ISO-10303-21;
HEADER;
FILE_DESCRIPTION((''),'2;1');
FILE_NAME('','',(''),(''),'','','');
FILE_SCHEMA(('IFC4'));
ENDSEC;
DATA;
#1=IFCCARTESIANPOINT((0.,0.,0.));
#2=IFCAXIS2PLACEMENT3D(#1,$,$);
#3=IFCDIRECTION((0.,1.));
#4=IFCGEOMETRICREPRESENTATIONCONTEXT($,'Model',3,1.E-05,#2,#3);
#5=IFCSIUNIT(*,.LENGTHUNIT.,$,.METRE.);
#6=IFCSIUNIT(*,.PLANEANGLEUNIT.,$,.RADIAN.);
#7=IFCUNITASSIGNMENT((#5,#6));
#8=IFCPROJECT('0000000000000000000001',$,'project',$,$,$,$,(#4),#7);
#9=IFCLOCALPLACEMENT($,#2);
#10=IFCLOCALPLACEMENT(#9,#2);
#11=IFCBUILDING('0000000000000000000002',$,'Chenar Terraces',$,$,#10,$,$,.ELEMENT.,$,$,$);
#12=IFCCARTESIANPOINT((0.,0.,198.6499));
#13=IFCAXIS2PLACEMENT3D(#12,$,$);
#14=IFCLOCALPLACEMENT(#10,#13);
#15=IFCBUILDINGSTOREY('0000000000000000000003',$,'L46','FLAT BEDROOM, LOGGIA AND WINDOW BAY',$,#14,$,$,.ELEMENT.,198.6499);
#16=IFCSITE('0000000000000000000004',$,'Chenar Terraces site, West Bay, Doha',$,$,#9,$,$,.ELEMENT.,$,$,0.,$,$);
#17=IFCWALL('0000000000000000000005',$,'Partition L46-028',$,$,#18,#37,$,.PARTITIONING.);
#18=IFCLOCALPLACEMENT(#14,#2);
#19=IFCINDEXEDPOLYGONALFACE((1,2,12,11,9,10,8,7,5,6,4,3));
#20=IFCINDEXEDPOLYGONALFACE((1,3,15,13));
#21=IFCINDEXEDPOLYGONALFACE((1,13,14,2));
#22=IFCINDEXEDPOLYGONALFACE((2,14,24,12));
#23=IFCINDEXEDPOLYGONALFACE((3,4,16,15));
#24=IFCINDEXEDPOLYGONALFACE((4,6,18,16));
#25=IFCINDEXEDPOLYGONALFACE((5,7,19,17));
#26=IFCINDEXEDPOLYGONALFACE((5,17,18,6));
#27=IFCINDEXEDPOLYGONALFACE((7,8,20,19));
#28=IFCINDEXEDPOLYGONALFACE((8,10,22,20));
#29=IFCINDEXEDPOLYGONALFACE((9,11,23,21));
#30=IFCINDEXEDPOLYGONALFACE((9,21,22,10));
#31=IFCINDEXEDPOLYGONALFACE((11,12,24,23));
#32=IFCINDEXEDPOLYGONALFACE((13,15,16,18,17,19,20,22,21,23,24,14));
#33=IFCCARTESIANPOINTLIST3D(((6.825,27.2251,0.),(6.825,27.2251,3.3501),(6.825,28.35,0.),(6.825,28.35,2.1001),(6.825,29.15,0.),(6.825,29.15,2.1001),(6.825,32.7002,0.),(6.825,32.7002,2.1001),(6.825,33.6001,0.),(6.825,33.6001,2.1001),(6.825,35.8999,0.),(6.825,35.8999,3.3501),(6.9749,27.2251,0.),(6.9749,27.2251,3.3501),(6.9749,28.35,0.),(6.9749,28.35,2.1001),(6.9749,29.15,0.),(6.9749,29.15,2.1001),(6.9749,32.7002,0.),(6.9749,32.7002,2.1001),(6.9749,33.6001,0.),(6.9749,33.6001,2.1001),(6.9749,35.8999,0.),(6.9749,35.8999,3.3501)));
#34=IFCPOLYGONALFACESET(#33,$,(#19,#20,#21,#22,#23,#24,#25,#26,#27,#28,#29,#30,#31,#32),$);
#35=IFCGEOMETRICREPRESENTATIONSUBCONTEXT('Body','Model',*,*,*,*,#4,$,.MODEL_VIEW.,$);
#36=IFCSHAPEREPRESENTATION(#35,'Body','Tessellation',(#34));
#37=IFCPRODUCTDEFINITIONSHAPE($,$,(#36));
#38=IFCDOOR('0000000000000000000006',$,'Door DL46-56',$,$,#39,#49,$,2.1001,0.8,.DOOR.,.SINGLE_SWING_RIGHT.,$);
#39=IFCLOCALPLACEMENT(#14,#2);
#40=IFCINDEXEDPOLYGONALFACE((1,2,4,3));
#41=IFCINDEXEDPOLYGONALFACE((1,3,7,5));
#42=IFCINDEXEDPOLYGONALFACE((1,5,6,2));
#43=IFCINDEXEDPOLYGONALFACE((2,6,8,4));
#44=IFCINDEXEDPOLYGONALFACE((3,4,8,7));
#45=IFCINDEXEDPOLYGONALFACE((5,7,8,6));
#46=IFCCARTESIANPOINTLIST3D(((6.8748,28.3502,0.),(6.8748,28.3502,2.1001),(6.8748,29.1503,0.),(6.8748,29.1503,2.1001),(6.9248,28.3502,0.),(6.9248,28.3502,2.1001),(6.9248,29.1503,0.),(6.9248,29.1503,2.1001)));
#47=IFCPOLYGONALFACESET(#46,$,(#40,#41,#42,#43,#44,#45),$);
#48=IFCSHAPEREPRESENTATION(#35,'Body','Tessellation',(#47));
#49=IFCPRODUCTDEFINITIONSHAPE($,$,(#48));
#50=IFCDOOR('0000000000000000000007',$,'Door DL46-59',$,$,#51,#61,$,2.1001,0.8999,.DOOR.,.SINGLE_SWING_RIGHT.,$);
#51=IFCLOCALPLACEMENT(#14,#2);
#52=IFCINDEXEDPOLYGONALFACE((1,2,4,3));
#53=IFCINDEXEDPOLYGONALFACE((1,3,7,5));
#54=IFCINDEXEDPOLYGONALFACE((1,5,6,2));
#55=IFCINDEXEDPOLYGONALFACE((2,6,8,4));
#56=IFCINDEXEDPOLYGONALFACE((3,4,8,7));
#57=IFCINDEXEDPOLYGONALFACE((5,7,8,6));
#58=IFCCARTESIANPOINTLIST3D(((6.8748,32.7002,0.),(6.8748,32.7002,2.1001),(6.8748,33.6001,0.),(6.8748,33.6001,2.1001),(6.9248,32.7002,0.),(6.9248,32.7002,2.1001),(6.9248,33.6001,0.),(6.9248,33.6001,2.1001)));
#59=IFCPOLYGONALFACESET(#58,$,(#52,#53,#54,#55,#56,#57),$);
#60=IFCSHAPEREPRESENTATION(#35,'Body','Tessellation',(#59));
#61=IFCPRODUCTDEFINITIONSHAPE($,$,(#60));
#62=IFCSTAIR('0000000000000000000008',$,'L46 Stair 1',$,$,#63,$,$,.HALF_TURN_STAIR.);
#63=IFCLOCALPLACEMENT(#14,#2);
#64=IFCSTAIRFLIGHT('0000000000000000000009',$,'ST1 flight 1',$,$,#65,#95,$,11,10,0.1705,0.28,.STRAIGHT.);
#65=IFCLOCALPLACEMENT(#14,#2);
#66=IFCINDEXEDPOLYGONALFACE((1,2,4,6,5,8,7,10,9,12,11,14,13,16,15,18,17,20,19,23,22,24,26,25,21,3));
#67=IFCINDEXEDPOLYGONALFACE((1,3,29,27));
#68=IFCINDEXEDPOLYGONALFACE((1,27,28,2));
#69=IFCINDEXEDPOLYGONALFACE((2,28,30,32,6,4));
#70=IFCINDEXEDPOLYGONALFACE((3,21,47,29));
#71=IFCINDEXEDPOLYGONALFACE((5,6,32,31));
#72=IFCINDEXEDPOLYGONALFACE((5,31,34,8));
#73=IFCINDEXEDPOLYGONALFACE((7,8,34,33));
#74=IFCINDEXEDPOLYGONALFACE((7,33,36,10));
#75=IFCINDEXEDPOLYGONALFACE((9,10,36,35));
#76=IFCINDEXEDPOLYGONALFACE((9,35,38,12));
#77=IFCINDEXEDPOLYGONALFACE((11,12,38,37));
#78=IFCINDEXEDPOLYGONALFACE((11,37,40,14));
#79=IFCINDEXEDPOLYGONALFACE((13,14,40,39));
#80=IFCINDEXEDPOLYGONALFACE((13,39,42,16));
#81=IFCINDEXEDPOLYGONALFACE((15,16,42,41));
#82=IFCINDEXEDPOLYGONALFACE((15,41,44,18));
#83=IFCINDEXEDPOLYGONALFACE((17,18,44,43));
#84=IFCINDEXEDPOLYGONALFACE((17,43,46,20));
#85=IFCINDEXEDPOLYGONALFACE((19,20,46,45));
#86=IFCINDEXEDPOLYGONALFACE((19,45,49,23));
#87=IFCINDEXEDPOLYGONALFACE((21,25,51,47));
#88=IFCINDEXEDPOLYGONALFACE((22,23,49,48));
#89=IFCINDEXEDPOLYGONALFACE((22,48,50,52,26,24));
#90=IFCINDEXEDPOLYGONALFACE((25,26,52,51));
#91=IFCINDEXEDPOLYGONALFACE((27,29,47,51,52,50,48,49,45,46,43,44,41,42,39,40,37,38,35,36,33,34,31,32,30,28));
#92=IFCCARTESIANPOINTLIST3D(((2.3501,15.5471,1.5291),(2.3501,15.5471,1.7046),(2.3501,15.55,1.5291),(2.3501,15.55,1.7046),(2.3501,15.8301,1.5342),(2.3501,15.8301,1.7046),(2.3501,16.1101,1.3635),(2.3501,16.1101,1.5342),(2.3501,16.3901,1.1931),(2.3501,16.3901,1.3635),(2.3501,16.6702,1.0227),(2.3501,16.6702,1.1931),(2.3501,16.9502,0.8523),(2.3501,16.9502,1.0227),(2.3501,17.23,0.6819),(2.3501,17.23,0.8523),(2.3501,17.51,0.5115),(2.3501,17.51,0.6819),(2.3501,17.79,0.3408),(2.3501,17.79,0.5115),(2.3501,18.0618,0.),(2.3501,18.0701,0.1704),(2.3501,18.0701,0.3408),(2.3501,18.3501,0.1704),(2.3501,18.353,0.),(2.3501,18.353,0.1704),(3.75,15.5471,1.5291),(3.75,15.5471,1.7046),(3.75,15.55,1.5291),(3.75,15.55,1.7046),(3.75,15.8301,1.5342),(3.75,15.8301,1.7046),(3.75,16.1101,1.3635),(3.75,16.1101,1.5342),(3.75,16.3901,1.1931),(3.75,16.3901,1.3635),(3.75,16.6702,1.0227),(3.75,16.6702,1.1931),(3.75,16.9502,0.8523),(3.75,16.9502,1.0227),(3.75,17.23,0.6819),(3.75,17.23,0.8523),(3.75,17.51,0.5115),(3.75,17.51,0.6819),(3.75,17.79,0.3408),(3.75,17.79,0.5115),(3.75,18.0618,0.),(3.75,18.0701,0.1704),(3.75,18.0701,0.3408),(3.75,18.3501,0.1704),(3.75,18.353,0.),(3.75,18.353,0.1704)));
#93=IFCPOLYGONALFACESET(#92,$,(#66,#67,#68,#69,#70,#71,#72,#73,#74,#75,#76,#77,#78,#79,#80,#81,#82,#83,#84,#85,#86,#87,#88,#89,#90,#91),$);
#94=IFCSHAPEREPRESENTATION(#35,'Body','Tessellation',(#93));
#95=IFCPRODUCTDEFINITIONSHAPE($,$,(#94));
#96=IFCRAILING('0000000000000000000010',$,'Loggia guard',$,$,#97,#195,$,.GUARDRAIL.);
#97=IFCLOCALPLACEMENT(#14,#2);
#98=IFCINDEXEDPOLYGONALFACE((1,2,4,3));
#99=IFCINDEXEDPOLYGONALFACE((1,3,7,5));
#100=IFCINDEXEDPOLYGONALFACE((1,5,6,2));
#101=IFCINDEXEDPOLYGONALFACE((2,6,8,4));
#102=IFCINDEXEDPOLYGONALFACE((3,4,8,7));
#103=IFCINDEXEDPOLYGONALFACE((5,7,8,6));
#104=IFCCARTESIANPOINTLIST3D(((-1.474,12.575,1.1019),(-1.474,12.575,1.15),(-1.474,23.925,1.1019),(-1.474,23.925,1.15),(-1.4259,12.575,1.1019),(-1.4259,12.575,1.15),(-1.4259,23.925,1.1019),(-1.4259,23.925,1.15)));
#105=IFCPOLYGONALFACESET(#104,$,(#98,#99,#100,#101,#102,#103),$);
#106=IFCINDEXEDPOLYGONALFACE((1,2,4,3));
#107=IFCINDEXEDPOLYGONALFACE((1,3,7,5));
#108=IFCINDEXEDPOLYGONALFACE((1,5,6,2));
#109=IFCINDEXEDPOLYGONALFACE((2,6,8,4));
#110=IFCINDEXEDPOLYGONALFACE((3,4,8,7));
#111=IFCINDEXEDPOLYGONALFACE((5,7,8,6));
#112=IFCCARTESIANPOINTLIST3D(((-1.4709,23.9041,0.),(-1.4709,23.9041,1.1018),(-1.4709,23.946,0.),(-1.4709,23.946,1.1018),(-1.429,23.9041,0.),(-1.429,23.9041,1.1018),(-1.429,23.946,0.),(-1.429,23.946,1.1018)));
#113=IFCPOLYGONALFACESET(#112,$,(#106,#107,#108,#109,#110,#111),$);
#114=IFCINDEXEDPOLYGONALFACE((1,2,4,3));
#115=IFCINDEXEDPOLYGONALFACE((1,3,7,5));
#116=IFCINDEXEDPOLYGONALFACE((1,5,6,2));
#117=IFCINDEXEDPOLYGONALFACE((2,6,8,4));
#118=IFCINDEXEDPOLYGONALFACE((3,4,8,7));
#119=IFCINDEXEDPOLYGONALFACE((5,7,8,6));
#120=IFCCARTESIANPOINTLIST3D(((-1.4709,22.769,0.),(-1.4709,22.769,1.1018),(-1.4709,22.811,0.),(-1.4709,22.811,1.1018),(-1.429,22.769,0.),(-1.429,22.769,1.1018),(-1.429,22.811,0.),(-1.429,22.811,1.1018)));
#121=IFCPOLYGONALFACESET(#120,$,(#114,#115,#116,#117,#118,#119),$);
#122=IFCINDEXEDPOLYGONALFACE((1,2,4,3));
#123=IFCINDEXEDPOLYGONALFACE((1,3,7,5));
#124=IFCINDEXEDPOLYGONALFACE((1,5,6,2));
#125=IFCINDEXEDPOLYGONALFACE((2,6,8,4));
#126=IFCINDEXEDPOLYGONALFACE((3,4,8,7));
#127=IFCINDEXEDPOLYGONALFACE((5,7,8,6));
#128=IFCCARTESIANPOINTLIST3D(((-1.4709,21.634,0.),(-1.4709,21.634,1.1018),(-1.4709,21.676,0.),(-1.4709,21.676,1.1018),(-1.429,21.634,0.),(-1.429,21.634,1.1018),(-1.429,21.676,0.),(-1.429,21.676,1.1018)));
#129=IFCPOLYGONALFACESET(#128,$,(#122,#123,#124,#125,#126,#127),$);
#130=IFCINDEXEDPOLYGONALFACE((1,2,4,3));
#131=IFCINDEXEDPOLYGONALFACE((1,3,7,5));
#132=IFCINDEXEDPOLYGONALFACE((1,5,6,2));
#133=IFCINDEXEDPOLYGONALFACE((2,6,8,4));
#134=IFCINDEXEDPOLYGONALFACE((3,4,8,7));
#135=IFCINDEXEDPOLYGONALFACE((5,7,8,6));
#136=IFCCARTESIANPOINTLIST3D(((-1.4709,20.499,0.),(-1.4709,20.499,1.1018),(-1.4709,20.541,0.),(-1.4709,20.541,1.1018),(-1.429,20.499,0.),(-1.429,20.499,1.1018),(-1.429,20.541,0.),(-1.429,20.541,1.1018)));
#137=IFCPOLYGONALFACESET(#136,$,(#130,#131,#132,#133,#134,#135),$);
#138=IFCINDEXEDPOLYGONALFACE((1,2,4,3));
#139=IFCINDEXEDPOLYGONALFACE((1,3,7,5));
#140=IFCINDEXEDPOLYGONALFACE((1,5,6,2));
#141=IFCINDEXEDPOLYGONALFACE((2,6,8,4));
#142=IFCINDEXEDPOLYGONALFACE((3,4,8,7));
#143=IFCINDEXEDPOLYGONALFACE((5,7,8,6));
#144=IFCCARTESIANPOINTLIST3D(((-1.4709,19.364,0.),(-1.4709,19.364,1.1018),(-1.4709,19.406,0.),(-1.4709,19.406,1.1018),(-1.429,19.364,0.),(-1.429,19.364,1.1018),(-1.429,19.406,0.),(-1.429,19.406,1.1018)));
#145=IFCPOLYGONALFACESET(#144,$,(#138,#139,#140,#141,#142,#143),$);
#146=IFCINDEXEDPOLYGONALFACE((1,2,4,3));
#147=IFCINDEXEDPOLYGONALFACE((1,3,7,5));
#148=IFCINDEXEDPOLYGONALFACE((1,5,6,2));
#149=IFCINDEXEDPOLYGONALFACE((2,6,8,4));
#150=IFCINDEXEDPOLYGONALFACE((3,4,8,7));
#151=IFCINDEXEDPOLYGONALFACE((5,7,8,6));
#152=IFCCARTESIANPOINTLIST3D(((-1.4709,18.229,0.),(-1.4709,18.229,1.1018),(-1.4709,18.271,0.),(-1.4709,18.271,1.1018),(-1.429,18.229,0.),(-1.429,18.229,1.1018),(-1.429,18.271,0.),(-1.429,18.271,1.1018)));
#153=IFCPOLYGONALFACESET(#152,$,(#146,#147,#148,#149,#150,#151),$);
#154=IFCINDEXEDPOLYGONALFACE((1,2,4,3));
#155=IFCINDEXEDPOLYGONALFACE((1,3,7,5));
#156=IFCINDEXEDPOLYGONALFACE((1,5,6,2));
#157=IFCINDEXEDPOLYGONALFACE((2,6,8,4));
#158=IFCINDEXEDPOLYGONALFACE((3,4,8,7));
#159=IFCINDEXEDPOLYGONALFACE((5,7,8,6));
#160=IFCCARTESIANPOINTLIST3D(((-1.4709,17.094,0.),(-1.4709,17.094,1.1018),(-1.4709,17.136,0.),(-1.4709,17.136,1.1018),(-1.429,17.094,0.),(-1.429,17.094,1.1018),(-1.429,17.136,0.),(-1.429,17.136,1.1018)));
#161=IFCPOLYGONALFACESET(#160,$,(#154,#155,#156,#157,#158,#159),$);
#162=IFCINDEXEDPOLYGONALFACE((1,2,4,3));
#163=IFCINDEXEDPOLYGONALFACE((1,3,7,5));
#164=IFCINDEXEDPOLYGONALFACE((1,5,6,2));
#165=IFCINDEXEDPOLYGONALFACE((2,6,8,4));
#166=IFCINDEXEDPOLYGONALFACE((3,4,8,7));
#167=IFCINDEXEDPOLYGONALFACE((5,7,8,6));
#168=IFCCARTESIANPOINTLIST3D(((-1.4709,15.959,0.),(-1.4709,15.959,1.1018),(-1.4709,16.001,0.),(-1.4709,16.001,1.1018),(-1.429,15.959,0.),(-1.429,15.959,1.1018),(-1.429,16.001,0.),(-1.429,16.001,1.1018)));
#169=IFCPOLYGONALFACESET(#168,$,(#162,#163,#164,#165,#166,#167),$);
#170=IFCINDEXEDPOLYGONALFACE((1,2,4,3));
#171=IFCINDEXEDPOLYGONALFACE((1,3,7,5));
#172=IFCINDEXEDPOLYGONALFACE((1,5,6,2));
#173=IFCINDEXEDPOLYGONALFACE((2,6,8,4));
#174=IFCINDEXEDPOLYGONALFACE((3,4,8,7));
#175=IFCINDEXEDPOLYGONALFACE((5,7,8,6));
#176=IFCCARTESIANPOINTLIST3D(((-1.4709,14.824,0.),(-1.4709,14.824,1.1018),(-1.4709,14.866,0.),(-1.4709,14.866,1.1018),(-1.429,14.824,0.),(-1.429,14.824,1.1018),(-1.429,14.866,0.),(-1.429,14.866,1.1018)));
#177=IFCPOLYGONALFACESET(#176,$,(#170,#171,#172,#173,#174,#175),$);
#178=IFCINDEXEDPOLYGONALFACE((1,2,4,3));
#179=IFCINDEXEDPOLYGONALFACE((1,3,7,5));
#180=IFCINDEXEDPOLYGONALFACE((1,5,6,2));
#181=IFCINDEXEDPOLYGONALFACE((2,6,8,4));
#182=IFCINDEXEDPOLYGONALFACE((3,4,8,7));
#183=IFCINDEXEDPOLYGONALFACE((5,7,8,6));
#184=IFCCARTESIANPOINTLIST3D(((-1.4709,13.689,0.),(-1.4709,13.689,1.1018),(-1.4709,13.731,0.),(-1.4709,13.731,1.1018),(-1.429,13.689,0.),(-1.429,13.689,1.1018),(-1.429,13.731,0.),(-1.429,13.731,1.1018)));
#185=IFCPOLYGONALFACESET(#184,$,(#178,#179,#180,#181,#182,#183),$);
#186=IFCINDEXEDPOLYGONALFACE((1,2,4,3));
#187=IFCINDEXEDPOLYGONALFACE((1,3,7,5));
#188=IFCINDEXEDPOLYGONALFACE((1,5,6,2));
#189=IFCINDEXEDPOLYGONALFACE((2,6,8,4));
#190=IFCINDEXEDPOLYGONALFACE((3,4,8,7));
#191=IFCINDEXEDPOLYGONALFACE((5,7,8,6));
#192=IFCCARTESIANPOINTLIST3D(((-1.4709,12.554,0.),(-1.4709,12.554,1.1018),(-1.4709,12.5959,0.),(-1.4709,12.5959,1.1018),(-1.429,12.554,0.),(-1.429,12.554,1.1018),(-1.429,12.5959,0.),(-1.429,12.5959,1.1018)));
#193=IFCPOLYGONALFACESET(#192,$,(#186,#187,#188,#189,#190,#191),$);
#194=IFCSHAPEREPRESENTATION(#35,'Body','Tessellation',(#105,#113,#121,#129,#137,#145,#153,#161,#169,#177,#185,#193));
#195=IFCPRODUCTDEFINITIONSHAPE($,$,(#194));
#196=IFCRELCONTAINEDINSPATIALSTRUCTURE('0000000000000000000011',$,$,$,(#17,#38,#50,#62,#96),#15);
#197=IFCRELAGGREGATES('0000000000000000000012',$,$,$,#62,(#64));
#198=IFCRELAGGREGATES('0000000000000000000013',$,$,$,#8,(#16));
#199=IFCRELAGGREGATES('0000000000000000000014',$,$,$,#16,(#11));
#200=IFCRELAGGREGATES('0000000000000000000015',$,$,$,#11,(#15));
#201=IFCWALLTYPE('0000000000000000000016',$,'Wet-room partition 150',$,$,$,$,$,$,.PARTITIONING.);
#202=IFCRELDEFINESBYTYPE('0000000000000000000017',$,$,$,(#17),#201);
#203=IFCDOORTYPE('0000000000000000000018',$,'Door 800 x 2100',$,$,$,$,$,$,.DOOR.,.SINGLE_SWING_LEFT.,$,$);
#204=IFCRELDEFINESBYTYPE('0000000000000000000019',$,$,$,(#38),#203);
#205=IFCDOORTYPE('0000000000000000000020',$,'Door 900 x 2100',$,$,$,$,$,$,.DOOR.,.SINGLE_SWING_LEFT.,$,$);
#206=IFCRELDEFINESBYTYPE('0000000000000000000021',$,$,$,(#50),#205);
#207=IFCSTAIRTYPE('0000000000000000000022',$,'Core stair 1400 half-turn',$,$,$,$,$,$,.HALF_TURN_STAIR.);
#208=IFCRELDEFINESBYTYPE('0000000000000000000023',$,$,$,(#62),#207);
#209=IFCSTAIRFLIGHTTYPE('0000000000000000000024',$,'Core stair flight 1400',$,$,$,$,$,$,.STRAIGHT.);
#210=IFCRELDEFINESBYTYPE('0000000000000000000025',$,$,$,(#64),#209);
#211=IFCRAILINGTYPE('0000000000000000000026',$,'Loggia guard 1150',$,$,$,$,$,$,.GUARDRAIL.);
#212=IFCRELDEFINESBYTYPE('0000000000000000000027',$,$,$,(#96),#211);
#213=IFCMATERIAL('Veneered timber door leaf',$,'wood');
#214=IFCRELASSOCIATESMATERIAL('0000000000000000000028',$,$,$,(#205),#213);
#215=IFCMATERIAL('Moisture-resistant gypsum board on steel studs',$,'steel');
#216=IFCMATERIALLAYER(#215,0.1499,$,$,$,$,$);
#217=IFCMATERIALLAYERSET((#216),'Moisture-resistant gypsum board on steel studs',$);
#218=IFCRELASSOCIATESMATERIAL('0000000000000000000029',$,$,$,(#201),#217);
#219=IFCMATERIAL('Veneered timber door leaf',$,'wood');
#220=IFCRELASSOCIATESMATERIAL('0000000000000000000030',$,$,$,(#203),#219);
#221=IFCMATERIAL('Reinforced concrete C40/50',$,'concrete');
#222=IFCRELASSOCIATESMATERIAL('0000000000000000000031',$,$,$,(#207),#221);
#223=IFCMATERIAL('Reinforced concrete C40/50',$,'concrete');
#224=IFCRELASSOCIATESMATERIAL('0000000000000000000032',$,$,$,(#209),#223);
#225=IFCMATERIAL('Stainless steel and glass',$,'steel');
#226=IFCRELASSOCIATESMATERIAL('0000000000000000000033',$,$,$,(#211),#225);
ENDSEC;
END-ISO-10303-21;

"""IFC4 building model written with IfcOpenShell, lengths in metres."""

from ifc_helpers import new_model, si_unit, direction, frame, frame_2d, origin, origin_2d, place, context, subcontext, project, spatial, polyline, rectangle, outline, extrude, material, layer, layer_set, type_object, element, fill, aggregate, save


model = new_model("IFC4")

# Units and contexts
model_context = context("Model", 3, precision=1e-05, world=origin(), true_north=direction((0.0, 1.0)))
body_context = subcontext(model_context, "Body", "Model", "MODEL_VIEW")
ifc_project = project(units=[si_unit("LENGTHUNIT", "METRE"), si_unit("PLANEANGLEUNIT", "RADIAN")], contexts=[model_context])

# Site, building, storey
site_placement = place(None, origin())
site = spatial("IfcSite", under=ifc_project, at=site_placement, Name="Chenar Terraces site, West Bay, Doha", CompositionType="ELEMENT", RefElevation=0.0)
building_placement = place(site_placement, origin())
building = spatial("IfcBuilding", under=site, at=building_placement, Name="Chenar Terraces", CompositionType="ELEMENT")
storey_placement = place(building_placement, frame((0.0, 0.0, 198.6499)))
storey = spatial("IfcBuildingStorey", under=building, at=storey_placement, Name="L46", Description="FLAT BEDROOM, LOGGIA AND WINDOW BAY", CompositionType="ELEMENT", Elevation=198.6499)

# Shared definitions
ifc_material_1 = material(Name="Veneered timber door leaf", Category="wood")
door_type_1 = type_object("IfcDoorType", Name="Door 900 x 2100", OperationType="SINGLE_SWING_LEFT", PredefinedType="DOOR", material=ifc_material_1)

# Wall, openings, doors
ifc_material_2 = material(Name="Moisture-resistant gypsum board on steel studs", Category="steel")
ifc_layer_1 = layer(ifc_material_2, 0.1499)
ifc_layer_set_1 = layer_set([ifc_layer_1], Name="Moisture-resistant gypsum board on steel studs")
wall_type_1 = type_object("IfcWallType", Name="Wet-room partition 150", PredefinedType="PARTITIONING", material=ifc_layer_set_1)
wall_1_placement = place(storey_placement, frame((6.8999, 27.2251, 0.0), z_axis=(0.0, 0.0, 1.0), x_axis=(0.0, 1.0, 0.0)))
wall_1 = element("IfcWall", 1, at=wall_1_placement, inside=storey, type_object=wall_type_1, Name="Partition L46-028", PredefinedType="PARTITIONING", context=body_context, shape_type="SweptSolid", body=[
    extrude(rectangle(XDim=8.6748, YDim=0.1499, at=frame_2d((4.3374, 0.0))), origin(), (0.0, 0.0, 1.0), 3.3501),
])
opening_1_placement = place(wall_1_placement, frame((1.125, 0.0, 0.0)))
opening_1 = element("IfcOpeningElement", 2, at=opening_1_placement, cuts=wall_1, PredefinedType="OPENING", context=body_context, shape_type="SweptSolid", body=[
    extrude(rectangle(XDim=0.8, YDim=2.1001, at=frame_2d((0.3999, 1.05))), frame((0.0, 0.085, 0.0), z_axis=(0.0, -1.0, 0.0), x_axis=(1.0, 0.0, 0.0)), (0.0, 0.0, 1.0), 0.1699),
])
opening_2_placement = place(wall_1_placement, frame((5.4751, 0.0, 0.0)))
opening_2 = element("IfcOpeningElement", 3, at=opening_2_placement, cuts=wall_1, PredefinedType="OPENING", context=body_context, shape_type="SweptSolid", body=[
    extrude(rectangle(XDim=0.8999, YDim=2.1001, at=frame_2d((0.45, 1.05))), frame((0.0, 0.085, 0.0), z_axis=(0.0, -1.0, 0.0), x_axis=(1.0, 0.0, 0.0)), (0.0, 0.0, 1.0), 0.1699),
])
ifc_material_3 = material(Name="Veneered timber door leaf", Category="wood")
door_type_2 = type_object("IfcDoorType", Name="Door 800 x 2100", OperationType="SINGLE_SWING_LEFT", PredefinedType="DOOR", material=ifc_material_3)
door_1_placement = place(opening_1_placement, frame((0.8, 0.0, 0.0), z_axis=(0.0, 0.0, 1.0), x_axis=(-1.0, 0.0, 0.0)))
door_1 = element("IfcDoor", 4, at=door_1_placement, inside=storey, type_object=door_type_2, Name="Door DL46-56", OperationType="SINGLE_SWING_RIGHT", OverallHeight=2.1001, OverallWidth=0.8, PredefinedType="DOOR", context=body_context, shape_type="SweptSolid", body=[
    extrude(rectangle(XDim=0.8, YDim=2.1001, at=frame_2d((0.3999, 1.05))), frame((0.0, 0.0249, 0.0), z_axis=(0.0, -1.0, 0.0), x_axis=(1.0, 0.0, 0.0)), (0.0, 0.0, 1.0), 0.05),
])
fill(opening_1, door_1)
door_2_placement = place(opening_2_placement, frame((0.8999, 0.0, 0.0), z_axis=(0.0, 0.0, 1.0), x_axis=(-1.0, 0.0, 0.0)))
door_2 = element("IfcDoor", 5, at=door_2_placement, inside=storey, type_object=door_type_1, Name="Door DL46-59", OperationType="SINGLE_SWING_RIGHT", OverallHeight=2.1001, OverallWidth=0.8999, PredefinedType="DOOR", context=body_context, shape_type="SweptSolid", body=[
    extrude(rectangle(XDim=0.8999, YDim=2.1001, at=frame_2d((0.45, 1.05))), frame((0.0, 0.0249, 0.0), z_axis=(0.0, -1.0, 0.0), x_axis=(1.0, 0.0, 0.0)), (0.0, 0.0, 1.0), 0.05),
])
fill(opening_2, door_2)

# Stair, stair flight
ifc_material_4 = material(Name="Reinforced concrete C40/50", Category="concrete")
stair_type = type_object("IfcStairType", Name="Core stair 1400 half-turn", PredefinedType="HALF_TURN_STAIR", material=ifc_material_4)
stair_placement = place(storey_placement, origin())
stair = element("IfcStair", 6, at=stair_placement, inside=storey, type_object=stair_type, Name="L46 Stair 1", PredefinedType="HALF_TURN_STAIR")
ifc_material_5 = material(Name="Reinforced concrete C40/50", Category="concrete")
stair_flight_type = type_object("IfcStairFlightType", Name="Core stair flight 1400", PredefinedType="STRAIGHT", material=ifc_material_5)
stair_flight_placement = place(storey_placement, frame((3.05, 18.3501, 0.0), z_axis=(0.0, 0.0, 1.0), x_axis=(0.0, -1.0, 0.0)))
stair_flight = element("IfcStairFlight", 7, at=stair_flight_placement, type_object=stair_flight_type, Name="ST1 flight 1", NumberOfRisers=11, NumberOfTreads=10, PredefinedType="STRAIGHT", RiserHeight=0.1705, TreadLength=0.28, context=body_context, shape_type="SweptSolid", body=[
    extrude(outline(polyline([(-0.0029, 0.0), (-0.0029, 0.1704), (0.0, 0.1704), (0.28, 0.1704), (0.28, 0.3408), (0.5601, 0.3408), (0.5601, 0.5115), (0.8401, 0.5115), (0.8401, 0.6819), (1.1201, 0.6819), (1.1201, 0.8523), (1.3999, 0.8523), (1.3999, 1.0227), (1.6799, 1.0227), (1.6799, 1.1931), (1.96, 1.1931), (1.96, 1.3635), (2.24, 1.3635), (2.24, 1.5342), (2.52, 1.5342), (2.52, 1.7046), (2.8, 1.7046), (2.803, 1.7046), (2.803, 1.5291), (2.8, 1.5291), (0.2883, 0.0), (-0.0029, 0.0)])), frame((0.0, 0.7, 0.0), z_axis=(0.0, -1.0, 0.0), x_axis=(1.0, 0.0, 0.0)), (0.0, 0.0, 1.0), 1.3999),
])
aggregate(stair, [stair_flight])

# Railing
ifc_material_6 = material(Name="Stainless steel and glass", Category="steel")
railing_type_1 = type_object("IfcRailingType", Name="Loggia guard 1150", PredefinedType="GUARDRAIL", material=ifc_material_6)
railing_1_placement = place(storey_placement, frame((-1.45, 23.925, 0.0)))
element("IfcRailing", 8, at=railing_1_placement, inside=storey, type_object=railing_type_1, Name="Loggia guard", PredefinedType="GUARDRAIL", context=body_context, shape_type="SweptSolid", body=[
    extrude(rectangle(XDim=0.0481, YDim=0.0481, at=origin_2d()), frame((0.0, 0.0, 1.126), z_axis=(0.0, -1.0, 0.0), x_axis=(1.0, 0.0, 0.0)), (0.0, 0.0, 1.0), 11.3501),
    extrude(rectangle(XDim=0.042, YDim=0.042, at=origin_2d()), origin(), (0.0, 0.0, 1.0), 1.1018),
    extrude(rectangle(XDim=0.042, YDim=0.042, at=origin_2d()), frame((0.0, -1.135, 0.0)), (0.0, 0.0, 1.0), 1.1018),
    extrude(rectangle(XDim=0.042, YDim=0.042, at=origin_2d()), frame((0.0, -2.27, 0.0)), (0.0, 0.0, 1.0), 1.1018),
    extrude(rectangle(XDim=0.042, YDim=0.042, at=origin_2d()), frame((0.0, -3.405, 0.0)), (0.0, 0.0, 1.0), 1.1018),
    extrude(rectangle(XDim=0.042, YDim=0.042, at=origin_2d()), frame((0.0, -4.54, 0.0)), (0.0, 0.0, 1.0), 1.1018),
    extrude(rectangle(XDim=0.042, YDim=0.042, at=origin_2d()), frame((0.0, -5.675, 0.0)), (0.0, 0.0, 1.0), 1.1018),
    extrude(rectangle(XDim=0.042, YDim=0.042, at=origin_2d()), frame((0.0, -6.8101, 0.0)), (0.0, 0.0, 1.0), 1.1018),
    extrude(rectangle(XDim=0.042, YDim=0.042, at=origin_2d()), frame((0.0, -7.9451, 0.0)), (0.0, 0.0, 1.0), 1.1018),
    extrude(rectangle(XDim=0.042, YDim=0.042, at=origin_2d()), frame((0.0, -9.0801, 0.0)), (0.0, 0.0, 1.0), 1.1018),
    extrude(rectangle(XDim=0.042, YDim=0.042, at=origin_2d()), frame((0.0, -10.2151, 0.0)), (0.0, 0.0, 1.0), 1.1018),
    extrude(rectangle(XDim=0.042, YDim=0.042, at=origin_2d()), frame((0.0, -11.3501, 0.0)), (0.0, 0.0, 1.0), 1.1018),
])

save(model, "model.ifc")
